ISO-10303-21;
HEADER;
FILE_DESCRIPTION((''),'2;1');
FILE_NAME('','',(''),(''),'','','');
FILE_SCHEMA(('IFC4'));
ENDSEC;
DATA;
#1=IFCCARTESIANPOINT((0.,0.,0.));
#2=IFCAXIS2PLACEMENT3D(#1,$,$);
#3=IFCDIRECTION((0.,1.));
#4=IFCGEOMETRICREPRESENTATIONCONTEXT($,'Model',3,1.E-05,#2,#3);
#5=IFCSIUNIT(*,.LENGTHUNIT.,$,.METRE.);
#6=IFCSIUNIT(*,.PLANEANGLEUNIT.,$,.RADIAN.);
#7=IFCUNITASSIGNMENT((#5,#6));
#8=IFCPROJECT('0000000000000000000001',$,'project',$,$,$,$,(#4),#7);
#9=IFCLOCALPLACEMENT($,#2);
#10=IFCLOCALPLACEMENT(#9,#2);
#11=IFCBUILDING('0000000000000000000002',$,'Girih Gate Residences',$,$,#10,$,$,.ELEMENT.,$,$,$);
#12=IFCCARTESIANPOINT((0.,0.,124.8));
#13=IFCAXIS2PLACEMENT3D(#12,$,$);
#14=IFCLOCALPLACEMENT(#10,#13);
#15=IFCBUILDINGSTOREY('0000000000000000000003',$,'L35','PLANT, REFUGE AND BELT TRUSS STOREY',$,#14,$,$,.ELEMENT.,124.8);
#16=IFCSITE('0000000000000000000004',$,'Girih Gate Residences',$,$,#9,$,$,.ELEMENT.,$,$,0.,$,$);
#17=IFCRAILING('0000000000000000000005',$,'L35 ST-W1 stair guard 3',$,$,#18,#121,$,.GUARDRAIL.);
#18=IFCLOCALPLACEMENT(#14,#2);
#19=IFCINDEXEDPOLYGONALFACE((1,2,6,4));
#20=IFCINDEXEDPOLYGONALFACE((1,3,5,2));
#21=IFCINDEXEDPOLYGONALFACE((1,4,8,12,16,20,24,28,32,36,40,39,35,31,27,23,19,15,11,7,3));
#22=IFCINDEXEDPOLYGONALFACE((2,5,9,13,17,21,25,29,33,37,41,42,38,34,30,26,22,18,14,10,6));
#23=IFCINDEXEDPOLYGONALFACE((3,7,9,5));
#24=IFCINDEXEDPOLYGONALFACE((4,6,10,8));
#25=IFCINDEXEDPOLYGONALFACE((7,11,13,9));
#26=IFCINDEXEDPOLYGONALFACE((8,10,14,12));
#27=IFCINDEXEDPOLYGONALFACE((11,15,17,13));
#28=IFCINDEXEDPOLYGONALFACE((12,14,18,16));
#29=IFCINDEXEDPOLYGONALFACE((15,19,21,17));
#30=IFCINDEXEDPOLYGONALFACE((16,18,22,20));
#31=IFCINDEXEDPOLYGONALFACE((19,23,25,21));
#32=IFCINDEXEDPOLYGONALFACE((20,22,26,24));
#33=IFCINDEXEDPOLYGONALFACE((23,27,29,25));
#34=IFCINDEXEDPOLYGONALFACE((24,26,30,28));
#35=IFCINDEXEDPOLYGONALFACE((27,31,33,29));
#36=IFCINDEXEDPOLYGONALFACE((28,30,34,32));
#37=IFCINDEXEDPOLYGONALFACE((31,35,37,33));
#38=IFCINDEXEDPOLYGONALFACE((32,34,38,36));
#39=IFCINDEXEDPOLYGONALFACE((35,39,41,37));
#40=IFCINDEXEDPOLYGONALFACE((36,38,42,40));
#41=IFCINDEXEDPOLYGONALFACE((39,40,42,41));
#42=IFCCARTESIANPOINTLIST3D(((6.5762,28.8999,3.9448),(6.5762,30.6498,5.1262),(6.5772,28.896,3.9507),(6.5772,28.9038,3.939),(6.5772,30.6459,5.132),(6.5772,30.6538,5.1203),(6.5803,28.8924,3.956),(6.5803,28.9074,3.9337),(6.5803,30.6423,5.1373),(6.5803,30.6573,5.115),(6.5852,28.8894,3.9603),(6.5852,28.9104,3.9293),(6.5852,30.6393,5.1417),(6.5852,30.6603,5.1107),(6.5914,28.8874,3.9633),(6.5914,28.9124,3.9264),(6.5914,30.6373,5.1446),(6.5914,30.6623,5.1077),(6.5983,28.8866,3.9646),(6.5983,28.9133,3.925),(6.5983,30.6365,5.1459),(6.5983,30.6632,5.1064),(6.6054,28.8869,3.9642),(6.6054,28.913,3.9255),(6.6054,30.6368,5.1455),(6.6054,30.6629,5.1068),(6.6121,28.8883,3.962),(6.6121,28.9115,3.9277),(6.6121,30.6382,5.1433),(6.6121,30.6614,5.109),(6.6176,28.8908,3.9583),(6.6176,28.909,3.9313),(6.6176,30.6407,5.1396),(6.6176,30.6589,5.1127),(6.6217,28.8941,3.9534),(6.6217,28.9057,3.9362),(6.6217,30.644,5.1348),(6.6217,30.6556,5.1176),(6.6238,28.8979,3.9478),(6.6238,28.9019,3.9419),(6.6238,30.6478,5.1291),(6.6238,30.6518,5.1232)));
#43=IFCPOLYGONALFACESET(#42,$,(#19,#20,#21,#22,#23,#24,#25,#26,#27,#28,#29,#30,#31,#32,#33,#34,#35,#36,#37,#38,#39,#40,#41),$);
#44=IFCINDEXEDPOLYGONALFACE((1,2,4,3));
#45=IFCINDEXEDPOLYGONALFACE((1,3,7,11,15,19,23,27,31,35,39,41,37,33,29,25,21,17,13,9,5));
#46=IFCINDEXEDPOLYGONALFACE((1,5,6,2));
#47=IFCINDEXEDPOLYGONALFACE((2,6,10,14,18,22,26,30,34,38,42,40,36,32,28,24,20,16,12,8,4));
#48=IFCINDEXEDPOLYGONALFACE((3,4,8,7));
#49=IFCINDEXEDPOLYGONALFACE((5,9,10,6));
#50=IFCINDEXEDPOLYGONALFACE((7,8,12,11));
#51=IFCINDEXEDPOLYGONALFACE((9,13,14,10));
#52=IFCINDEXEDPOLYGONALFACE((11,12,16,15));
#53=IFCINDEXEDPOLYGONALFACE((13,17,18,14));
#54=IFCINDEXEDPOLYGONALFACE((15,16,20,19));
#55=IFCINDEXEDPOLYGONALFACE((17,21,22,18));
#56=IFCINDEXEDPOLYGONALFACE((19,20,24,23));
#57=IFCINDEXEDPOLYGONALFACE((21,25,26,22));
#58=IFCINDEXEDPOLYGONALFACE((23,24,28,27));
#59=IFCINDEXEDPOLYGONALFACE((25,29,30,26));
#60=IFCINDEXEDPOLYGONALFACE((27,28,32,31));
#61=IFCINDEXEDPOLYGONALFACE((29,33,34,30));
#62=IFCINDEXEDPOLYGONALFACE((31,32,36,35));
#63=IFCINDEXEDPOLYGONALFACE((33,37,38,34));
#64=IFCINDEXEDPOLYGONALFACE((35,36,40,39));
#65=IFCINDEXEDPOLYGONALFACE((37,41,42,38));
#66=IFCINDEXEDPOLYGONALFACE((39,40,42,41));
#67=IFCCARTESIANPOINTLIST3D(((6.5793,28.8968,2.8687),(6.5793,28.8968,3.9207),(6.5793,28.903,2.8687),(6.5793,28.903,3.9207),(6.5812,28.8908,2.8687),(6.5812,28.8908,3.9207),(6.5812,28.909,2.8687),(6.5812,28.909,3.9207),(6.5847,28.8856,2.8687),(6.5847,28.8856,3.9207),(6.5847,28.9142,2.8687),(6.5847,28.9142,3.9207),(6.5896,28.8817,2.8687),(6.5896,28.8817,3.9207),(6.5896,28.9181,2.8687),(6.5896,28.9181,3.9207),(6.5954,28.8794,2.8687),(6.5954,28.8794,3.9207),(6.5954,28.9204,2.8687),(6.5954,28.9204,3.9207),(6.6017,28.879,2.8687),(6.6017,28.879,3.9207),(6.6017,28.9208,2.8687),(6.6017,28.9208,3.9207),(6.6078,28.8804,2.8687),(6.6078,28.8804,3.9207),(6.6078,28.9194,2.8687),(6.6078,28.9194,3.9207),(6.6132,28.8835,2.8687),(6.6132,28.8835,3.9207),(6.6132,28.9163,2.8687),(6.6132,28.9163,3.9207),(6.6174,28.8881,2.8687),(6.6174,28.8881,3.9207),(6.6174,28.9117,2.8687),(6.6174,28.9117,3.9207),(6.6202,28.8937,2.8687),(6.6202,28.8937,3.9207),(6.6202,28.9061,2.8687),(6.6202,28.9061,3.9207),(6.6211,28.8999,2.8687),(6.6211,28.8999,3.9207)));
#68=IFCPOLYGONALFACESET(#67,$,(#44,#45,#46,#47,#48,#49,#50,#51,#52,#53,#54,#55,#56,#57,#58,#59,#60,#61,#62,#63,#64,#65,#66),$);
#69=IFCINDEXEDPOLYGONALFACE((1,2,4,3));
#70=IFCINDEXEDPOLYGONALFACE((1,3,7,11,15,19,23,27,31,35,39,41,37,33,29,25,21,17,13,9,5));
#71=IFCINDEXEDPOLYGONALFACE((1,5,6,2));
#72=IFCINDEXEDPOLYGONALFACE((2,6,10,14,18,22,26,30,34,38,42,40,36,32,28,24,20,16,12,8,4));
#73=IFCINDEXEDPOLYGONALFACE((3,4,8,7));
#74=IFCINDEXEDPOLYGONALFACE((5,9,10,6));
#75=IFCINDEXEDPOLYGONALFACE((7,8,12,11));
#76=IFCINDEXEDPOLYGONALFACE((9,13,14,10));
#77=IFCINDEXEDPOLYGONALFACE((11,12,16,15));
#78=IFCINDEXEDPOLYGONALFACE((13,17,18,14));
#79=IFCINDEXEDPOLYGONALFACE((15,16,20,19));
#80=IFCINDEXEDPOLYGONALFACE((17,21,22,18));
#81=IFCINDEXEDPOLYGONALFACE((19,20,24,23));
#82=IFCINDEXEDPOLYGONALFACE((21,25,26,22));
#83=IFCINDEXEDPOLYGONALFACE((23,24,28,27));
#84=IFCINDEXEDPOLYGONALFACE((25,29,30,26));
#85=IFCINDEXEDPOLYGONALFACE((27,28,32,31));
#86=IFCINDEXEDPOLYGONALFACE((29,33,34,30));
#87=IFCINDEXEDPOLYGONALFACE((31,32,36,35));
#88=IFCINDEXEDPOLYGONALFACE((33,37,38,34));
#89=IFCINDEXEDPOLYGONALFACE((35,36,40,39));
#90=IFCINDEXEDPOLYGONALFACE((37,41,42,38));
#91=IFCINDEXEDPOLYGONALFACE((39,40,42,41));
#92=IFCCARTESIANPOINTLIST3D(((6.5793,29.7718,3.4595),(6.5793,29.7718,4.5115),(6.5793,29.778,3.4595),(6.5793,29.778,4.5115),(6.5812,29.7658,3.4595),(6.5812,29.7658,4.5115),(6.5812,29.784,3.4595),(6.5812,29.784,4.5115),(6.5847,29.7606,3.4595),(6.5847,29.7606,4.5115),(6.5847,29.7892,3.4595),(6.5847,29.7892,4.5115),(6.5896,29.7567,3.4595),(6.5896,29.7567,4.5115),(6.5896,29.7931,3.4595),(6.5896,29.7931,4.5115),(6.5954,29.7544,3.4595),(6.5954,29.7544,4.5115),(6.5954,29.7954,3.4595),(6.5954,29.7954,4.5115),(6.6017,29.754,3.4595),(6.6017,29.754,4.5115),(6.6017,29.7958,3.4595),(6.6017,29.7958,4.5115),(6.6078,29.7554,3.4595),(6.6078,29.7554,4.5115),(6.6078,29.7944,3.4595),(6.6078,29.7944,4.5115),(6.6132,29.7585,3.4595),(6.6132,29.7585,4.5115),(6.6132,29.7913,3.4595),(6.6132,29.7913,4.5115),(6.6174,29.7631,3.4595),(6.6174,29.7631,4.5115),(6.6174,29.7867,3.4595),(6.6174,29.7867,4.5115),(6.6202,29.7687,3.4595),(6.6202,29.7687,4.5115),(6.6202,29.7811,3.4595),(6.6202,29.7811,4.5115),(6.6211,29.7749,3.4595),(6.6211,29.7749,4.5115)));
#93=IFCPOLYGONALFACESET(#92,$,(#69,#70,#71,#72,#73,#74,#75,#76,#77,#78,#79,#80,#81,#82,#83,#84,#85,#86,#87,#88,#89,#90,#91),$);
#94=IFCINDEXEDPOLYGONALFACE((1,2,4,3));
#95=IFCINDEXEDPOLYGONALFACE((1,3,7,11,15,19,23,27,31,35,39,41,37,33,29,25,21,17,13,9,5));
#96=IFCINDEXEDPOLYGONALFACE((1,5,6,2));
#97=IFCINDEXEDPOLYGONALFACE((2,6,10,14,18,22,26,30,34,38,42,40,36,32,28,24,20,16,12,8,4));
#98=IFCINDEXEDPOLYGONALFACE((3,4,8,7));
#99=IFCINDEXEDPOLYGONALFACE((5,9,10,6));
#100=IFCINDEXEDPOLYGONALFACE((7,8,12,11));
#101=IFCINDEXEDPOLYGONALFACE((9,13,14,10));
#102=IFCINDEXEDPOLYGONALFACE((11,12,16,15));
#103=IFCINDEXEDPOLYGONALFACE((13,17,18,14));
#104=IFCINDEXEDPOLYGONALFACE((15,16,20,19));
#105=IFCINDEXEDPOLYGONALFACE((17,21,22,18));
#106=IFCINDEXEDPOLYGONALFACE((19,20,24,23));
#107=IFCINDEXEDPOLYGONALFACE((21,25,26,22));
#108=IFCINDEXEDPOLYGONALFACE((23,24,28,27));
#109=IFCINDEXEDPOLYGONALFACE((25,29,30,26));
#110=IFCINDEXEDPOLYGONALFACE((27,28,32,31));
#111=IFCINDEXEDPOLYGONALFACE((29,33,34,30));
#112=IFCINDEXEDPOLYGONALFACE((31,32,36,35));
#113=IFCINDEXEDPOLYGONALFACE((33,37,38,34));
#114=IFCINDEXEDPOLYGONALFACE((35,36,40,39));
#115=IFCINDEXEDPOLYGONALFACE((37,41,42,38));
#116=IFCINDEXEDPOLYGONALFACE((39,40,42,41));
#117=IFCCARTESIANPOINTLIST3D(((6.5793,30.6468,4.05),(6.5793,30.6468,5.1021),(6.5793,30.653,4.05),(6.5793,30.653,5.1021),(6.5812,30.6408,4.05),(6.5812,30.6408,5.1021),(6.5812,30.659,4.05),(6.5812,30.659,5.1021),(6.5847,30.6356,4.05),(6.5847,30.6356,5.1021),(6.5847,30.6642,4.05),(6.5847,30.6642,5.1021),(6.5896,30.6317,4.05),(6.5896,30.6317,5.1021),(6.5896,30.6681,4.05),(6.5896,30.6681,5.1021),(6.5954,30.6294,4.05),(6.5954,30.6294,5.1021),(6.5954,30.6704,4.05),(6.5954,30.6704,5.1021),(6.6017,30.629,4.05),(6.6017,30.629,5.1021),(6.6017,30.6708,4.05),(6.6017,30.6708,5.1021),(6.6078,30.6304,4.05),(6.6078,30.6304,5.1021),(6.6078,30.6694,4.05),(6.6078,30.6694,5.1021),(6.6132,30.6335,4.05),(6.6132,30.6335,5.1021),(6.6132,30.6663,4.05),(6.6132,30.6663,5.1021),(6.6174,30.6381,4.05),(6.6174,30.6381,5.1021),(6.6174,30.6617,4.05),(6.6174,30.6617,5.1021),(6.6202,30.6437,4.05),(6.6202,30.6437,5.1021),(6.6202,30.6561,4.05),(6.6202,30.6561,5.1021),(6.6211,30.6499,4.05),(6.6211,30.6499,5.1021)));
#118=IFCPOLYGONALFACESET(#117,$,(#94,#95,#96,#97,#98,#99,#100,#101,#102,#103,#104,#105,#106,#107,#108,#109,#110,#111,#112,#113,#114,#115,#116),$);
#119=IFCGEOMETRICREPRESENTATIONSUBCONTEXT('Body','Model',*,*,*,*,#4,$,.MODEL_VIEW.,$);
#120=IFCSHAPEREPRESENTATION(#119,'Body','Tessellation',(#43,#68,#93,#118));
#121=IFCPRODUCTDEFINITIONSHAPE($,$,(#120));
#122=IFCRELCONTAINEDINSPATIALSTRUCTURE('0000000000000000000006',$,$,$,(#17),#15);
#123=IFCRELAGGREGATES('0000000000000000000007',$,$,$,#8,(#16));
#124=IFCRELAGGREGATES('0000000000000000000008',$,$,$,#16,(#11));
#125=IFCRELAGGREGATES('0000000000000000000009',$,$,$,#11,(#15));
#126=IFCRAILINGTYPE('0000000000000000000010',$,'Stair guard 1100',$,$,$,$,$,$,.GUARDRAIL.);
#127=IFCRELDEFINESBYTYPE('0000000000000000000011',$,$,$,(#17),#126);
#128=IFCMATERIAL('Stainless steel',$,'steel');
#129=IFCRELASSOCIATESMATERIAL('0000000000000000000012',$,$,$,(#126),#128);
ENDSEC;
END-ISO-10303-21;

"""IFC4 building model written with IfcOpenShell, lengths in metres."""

from ifc_helpers import new_model, si_unit, direction, frame, origin, origin_2d, place, context, subcontext, project, spatial, circle, extrude, material, type_object, element, save


model = new_model("IFC4")

# Units and contexts
model_context = context("Model", 3, precision=1e-05, world=origin(), true_north=direction((0.0, 1.0)))
body_context = subcontext(model_context, "Body", "Model", "MODEL_VIEW")
ifc_project = project(units=[si_unit("LENGTHUNIT", "METRE"), si_unit("PLANEANGLEUNIT", "RADIAN")], contexts=[model_context])

# Site, building, storey
site_placement = place(None, origin())
site = spatial("IfcSite", under=ifc_project, at=site_placement, Name="Girih Gate Residences", CompositionType="ELEMENT", RefElevation=0.0)
building_placement = place(site_placement, origin())
building = spatial("IfcBuilding", under=site, at=building_placement, Name="Girih Gate Residences", CompositionType="ELEMENT")
storey_placement = place(building_placement, frame((0.0, 0.0, 124.8)))
storey = spatial("IfcBuildingStorey", under=building, at=storey_placement, Name="L35", Description="PLANT, REFUGE AND BELT TRUSS STOREY", CompositionType="ELEMENT", Elevation=124.8)

# Railing
ifc_material_1 = material(Name="Stainless steel", Category="steel")
railing_type_1 = type_object("IfcRailingType", Name="Stair guard 1100", PredefinedType="GUARDRAIL", material=ifc_material_1)
railing_1_placement = place(storey_placement, frame((6.6001, 28.8999, 2.8687)))
element("IfcRailing", 1, at=railing_1_placement, inside=storey, type_object=railing_type_1, Name="L35 ST-W1 stair guard 3", PredefinedType="GUARDRAIL", context=body_context, shape_type="SweptSolid", body=[
    extrude(circle(Radius=0.0239, at=origin_2d()), frame((0.0, 0.0, 1.0762), z_axis=(0.0, 0.828817, 0.559521), x_axis=(-1.0, 0.0, 0.0)), (0.0, 0.0, 1.0), 2.1113),
    extrude(circle(Radius=0.021, at=origin_2d()), origin(), (0.0, 0.0, 1.0), 1.052),
    extrude(circle(Radius=0.021, at=origin_2d()), frame((0.0, 0.875, 0.5908)), (0.0, 0.0, 1.0), 1.052),
    extrude(circle(Radius=0.021, at=origin_2d()), frame((0.0, 1.75, 1.1814)), (0.0, 0.0, 1.0), 1.052),
])

save(model, "model.ifc")
